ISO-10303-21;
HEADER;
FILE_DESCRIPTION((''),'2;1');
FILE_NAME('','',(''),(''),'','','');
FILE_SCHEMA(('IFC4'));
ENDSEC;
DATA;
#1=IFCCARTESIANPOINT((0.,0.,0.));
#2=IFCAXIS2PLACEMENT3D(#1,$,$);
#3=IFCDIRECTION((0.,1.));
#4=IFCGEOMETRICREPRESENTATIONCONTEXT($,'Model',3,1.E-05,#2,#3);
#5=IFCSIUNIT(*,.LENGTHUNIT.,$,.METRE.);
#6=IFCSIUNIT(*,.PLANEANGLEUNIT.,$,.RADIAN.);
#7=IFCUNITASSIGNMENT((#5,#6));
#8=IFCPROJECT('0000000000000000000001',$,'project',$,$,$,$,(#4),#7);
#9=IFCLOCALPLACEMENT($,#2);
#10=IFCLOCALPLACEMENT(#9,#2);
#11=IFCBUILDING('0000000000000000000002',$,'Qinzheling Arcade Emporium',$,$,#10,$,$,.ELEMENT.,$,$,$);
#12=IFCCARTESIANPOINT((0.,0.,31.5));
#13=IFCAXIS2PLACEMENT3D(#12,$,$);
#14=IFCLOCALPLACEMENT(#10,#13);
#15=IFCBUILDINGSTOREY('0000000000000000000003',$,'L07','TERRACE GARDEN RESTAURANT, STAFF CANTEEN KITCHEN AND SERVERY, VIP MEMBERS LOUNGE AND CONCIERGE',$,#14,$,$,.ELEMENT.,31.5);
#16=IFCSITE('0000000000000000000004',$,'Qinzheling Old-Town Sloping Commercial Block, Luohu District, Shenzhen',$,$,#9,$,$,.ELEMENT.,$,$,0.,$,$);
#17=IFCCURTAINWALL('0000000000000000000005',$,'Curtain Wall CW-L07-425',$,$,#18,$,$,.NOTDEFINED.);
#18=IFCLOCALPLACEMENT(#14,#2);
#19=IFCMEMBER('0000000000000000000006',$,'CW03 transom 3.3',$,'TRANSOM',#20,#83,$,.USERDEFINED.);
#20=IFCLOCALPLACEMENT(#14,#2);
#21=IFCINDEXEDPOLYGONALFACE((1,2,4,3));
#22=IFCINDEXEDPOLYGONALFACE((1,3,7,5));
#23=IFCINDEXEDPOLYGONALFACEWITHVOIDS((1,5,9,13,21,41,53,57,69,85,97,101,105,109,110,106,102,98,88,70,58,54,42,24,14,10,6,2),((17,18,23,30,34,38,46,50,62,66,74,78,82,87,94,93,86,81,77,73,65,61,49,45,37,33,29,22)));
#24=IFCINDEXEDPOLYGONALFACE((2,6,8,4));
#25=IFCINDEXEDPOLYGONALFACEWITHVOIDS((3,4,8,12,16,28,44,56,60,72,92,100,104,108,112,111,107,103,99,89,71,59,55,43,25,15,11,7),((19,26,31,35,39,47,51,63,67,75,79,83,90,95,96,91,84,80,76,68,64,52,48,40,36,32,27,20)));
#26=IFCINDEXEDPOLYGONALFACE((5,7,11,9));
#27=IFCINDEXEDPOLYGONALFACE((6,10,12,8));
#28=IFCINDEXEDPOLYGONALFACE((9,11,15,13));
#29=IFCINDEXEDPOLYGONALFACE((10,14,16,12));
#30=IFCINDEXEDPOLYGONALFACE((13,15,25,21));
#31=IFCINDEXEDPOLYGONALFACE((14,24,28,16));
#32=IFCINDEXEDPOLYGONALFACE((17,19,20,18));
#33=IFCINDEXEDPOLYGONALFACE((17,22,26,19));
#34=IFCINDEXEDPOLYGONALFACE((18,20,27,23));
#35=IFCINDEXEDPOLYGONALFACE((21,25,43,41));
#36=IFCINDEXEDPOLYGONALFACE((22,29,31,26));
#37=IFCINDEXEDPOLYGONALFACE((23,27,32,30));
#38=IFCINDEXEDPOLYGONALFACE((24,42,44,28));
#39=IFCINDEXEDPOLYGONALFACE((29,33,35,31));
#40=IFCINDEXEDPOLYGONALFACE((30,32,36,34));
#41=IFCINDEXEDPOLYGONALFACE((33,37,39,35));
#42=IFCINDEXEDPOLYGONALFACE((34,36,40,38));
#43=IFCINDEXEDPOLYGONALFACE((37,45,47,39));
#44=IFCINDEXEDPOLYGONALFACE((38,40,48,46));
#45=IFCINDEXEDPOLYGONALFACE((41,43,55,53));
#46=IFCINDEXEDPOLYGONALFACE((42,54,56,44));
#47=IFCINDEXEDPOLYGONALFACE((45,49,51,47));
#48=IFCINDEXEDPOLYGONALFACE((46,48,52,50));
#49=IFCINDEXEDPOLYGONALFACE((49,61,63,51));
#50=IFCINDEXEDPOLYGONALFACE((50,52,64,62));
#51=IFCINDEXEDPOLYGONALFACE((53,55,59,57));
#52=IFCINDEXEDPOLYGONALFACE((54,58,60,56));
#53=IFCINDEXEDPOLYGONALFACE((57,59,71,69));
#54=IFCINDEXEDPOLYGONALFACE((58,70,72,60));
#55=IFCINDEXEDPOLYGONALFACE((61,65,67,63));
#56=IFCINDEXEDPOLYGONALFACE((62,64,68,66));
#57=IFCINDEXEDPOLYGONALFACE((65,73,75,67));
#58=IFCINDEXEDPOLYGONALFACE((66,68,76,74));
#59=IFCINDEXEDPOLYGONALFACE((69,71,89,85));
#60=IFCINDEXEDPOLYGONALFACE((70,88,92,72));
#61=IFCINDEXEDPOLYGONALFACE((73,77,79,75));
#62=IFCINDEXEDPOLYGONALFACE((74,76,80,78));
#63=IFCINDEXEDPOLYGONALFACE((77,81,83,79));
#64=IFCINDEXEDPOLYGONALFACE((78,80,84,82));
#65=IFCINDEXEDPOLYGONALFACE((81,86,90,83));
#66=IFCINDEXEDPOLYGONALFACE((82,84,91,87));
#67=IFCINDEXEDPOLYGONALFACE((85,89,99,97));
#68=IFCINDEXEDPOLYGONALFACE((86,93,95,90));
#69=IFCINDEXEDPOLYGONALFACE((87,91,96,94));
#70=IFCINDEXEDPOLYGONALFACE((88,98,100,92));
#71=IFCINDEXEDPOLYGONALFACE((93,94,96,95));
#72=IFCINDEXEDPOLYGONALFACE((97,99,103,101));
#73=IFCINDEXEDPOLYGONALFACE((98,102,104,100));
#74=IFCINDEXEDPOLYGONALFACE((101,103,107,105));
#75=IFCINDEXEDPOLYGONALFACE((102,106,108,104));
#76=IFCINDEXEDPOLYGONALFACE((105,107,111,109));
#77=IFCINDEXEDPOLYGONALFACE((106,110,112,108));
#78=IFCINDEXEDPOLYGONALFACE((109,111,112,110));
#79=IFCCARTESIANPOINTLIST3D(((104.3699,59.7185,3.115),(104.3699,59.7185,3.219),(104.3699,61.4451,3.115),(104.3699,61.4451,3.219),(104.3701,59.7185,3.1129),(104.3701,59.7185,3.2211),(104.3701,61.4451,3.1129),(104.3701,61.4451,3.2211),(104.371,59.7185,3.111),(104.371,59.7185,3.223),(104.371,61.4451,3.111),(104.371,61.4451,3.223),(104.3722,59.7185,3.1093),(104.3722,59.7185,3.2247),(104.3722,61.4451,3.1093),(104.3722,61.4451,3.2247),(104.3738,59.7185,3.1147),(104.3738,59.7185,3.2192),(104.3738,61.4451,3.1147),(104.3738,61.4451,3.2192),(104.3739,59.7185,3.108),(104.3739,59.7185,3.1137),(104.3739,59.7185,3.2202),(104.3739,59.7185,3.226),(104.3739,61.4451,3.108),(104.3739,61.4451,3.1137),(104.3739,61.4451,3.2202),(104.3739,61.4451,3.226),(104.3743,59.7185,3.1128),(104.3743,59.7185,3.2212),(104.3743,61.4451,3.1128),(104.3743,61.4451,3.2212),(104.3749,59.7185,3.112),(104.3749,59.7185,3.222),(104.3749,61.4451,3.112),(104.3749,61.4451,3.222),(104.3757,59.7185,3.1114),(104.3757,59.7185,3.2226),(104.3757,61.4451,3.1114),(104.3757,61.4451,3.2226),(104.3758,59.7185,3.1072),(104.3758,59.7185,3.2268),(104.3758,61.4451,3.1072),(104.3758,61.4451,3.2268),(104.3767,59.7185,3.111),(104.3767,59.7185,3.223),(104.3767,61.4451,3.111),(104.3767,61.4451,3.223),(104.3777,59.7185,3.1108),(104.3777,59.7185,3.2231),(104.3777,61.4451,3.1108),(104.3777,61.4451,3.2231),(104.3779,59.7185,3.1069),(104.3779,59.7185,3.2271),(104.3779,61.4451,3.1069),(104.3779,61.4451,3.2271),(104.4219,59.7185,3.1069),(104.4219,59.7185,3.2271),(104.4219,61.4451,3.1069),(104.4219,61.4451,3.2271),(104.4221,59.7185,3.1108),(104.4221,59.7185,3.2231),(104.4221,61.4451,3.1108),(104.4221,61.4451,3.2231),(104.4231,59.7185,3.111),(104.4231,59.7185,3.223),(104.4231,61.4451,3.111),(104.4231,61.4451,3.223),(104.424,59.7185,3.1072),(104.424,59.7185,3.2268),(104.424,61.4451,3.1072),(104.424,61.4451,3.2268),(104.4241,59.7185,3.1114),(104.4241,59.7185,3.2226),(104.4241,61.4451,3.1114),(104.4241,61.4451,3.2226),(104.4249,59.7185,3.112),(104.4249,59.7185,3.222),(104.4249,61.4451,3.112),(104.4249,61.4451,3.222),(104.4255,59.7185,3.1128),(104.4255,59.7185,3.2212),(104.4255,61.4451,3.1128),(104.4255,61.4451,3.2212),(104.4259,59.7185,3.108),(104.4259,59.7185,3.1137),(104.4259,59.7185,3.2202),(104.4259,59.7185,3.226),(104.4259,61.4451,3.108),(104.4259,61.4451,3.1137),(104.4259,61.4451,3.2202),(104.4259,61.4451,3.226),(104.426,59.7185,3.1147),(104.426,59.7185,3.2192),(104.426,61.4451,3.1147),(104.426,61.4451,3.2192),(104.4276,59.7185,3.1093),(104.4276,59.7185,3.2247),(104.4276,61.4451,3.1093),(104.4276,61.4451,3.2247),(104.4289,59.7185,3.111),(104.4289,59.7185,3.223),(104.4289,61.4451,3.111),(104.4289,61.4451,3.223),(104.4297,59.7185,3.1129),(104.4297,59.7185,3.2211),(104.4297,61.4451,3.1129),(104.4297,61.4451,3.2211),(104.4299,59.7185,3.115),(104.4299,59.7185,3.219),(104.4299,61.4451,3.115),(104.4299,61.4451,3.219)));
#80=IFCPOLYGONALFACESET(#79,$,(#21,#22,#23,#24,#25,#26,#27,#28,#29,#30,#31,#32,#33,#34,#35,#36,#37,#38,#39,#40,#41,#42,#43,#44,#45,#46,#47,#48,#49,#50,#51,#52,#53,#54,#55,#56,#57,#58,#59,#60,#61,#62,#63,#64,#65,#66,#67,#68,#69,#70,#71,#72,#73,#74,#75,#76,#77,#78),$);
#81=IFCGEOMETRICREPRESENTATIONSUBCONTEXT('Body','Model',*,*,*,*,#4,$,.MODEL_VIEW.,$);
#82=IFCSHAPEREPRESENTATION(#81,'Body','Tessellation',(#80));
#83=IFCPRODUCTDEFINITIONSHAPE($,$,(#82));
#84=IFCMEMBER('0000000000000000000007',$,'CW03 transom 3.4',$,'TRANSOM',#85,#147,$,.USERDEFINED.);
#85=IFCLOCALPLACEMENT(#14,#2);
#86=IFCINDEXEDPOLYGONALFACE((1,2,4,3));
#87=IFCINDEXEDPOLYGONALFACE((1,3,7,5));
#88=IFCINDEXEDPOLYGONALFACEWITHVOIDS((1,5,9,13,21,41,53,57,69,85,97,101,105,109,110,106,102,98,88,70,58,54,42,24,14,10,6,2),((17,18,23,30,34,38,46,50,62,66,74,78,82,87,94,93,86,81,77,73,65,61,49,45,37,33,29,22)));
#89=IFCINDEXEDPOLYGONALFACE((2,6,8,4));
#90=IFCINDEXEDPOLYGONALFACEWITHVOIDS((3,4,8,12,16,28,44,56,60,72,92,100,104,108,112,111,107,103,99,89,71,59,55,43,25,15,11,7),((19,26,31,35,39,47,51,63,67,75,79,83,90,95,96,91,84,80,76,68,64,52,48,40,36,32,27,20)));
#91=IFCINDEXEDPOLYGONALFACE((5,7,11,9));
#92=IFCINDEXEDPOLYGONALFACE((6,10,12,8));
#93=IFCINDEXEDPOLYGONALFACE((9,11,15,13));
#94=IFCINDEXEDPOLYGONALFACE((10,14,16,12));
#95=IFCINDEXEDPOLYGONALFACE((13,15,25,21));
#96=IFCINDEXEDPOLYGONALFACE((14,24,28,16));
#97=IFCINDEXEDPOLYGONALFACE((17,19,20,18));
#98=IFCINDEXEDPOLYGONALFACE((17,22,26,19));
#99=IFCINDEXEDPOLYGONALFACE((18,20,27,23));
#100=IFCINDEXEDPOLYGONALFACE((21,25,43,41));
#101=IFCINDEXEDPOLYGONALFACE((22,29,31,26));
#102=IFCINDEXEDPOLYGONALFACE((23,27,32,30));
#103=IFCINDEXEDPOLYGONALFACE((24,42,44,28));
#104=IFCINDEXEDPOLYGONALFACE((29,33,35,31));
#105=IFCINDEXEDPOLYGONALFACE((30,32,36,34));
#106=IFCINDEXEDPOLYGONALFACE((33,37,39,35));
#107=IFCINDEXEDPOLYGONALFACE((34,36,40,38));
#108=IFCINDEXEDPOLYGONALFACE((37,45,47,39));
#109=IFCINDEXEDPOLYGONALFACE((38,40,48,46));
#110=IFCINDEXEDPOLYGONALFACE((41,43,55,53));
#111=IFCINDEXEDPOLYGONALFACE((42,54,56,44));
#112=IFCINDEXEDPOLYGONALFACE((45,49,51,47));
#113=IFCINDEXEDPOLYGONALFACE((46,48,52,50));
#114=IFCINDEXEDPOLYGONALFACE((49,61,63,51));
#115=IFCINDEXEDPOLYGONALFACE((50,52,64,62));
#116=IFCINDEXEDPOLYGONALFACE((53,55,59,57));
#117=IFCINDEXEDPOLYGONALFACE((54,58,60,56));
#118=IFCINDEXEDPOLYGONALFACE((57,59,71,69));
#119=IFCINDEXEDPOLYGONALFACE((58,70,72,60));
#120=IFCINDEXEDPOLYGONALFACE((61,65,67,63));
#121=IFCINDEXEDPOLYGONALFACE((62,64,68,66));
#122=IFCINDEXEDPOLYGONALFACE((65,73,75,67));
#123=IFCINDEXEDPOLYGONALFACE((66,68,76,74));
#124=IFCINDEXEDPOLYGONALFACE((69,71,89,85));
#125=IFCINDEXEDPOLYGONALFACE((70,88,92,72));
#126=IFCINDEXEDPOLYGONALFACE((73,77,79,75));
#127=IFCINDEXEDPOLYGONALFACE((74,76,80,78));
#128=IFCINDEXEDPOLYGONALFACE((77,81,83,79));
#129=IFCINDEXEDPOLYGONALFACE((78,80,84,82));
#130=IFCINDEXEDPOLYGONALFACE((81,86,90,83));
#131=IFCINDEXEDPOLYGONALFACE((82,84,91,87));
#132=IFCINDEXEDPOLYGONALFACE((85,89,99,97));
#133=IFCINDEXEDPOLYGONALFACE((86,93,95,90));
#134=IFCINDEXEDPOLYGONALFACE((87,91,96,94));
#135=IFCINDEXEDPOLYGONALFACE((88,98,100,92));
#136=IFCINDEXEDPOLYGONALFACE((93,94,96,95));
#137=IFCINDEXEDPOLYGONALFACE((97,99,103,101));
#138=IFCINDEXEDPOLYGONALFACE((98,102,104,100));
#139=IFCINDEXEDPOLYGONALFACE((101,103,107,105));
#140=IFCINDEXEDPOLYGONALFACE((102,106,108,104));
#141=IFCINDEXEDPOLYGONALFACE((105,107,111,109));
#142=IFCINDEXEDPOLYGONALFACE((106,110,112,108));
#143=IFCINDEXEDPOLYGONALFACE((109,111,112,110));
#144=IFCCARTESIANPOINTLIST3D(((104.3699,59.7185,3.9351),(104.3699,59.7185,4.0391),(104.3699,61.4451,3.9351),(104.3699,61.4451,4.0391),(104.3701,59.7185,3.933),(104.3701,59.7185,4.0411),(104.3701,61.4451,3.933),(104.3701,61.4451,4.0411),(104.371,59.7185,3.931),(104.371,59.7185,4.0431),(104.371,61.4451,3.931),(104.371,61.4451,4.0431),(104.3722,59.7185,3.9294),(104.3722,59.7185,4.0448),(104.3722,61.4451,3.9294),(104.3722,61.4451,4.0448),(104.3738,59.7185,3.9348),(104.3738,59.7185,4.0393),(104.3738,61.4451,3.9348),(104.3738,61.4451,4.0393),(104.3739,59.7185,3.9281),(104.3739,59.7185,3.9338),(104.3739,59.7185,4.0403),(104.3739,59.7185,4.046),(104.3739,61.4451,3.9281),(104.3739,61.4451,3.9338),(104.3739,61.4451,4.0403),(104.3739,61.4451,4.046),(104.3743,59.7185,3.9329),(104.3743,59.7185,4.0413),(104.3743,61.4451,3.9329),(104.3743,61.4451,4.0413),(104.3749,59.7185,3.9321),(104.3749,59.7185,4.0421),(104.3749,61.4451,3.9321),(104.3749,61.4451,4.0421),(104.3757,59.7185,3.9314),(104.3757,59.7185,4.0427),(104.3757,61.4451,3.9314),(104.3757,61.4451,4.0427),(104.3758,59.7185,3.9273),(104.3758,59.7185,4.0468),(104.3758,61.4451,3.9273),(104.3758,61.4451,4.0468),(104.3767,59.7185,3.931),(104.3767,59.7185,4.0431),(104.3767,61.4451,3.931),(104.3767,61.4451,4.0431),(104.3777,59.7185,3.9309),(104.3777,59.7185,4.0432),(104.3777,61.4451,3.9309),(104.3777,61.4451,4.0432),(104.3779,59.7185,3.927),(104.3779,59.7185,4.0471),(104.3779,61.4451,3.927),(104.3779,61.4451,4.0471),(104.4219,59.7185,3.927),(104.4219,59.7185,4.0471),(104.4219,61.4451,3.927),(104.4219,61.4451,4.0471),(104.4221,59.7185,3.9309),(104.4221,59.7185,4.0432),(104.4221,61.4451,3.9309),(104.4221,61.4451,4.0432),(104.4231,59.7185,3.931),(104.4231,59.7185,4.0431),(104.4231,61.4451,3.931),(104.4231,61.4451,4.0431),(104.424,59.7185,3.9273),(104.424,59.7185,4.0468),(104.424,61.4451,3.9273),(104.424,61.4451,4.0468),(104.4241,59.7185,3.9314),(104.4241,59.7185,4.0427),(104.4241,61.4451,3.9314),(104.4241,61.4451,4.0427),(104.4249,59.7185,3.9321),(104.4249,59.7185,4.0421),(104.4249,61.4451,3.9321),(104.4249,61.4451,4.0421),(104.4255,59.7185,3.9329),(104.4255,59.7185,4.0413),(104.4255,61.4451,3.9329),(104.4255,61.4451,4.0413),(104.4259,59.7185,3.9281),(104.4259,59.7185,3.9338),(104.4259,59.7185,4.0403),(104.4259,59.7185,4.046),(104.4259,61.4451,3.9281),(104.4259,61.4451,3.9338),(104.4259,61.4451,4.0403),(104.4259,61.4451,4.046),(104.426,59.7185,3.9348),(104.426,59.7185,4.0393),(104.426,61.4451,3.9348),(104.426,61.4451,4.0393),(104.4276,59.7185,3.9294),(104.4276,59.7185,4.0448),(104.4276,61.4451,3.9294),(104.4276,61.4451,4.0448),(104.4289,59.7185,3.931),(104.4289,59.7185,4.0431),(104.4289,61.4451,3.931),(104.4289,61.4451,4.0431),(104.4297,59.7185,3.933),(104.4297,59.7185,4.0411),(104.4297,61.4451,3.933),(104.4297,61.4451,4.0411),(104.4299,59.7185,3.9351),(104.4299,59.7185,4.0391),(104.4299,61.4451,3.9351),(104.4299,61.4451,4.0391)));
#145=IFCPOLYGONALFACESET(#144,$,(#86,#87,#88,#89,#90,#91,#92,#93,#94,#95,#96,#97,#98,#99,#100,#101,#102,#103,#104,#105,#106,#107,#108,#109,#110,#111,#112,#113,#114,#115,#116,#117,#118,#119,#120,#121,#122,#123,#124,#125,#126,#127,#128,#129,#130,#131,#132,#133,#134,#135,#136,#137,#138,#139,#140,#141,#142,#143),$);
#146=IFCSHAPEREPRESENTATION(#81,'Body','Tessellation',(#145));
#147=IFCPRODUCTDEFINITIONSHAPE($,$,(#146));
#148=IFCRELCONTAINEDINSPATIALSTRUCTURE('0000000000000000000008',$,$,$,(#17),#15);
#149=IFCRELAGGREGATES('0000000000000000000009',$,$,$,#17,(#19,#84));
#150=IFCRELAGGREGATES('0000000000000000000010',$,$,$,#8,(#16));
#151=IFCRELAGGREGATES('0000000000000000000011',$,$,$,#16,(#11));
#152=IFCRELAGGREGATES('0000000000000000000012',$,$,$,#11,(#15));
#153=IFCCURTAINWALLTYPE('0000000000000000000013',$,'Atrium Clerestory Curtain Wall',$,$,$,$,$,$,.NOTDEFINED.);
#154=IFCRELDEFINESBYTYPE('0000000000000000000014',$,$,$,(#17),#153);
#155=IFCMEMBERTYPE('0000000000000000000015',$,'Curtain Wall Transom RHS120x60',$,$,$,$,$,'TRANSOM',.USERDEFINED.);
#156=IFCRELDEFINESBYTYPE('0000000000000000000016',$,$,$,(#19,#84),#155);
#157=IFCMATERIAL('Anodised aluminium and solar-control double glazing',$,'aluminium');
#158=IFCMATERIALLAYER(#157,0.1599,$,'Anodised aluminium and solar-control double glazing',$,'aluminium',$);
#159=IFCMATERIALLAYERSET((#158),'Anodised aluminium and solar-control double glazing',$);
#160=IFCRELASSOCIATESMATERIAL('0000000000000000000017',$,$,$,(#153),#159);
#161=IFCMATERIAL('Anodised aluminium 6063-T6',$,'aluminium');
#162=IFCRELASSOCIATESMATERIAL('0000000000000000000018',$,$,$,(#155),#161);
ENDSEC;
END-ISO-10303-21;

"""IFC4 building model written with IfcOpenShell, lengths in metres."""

from ifc_helpers import new_model, si_unit, direction, frame, origin, origin_2d, place, context, subcontext, project, spatial, hollow_rectangle, extrude, material, layer, layer_set, material_profile, profile_set, type_object, element, aggregate, save


model = new_model("IFC4")

# Units and contexts
model_context = context("Model", 3, precision=1e-05, world=origin(), true_north=direction((0.0, 1.0)))
body_context = subcontext(model_context, "Body", "Model", "MODEL_VIEW")
ifc_project = project(units=[si_unit("LENGTHUNIT", "METRE"), si_unit("PLANEANGLEUNIT", "RADIAN")], contexts=[model_context])

# Site, building, storey
site_placement = place(None, origin())
site = spatial("IfcSite", under=ifc_project, at=site_placement, Name="Qinzheling Old-Town Sloping Commercial Block, Luohu District, Shenzhen", CompositionType="ELEMENT", RefElevation=0.0)
building_placement = place(site_placement, origin())
building = spatial("IfcBuilding", under=site, at=building_placement, Name="Qinzheling Arcade Emporium", CompositionType="ELEMENT")
storey_placement = place(building_placement, frame((0.0, 0.0, 31.5)))
storey = spatial("IfcBuildingStorey", under=building, at=storey_placement, Name="L07", Description="TERRACE GARDEN RESTAURANT, STAFF CANTEEN KITCHEN AND SERVERY, VIP MEMBERS LOUNGE AND CONCIERGE", CompositionType="ELEMENT", Elevation=31.5)

# Curtain wall
ifc_material_1 = material(Name="Anodised aluminium and solar-control double glazing", Category="aluminium")
ifc_layer_1 = layer(ifc_material_1, 0.1599, Name="Anodised aluminium and solar-control double glazing", Category="aluminium")
ifc_layer_set_1 = layer_set([ifc_layer_1], Name="Anodised aluminium and solar-control double glazing")
curtain_wall_type = type_object("IfcCurtainWallType", Name="Atrium Clerestory Curtain Wall", PredefinedType="NOTDEFINED", material=ifc_layer_set_1)
curtain_wall_1_placement = place(storey_placement, origin())
curtain_wall_1 = element("IfcCurtainWall", 1, at=curtain_wall_1_placement, inside=storey, type_object=curtain_wall_type, Name="Curtain Wall CW-L07-425", PredefinedType="NOTDEFINED")
ifc_material_2 = material(Name="Anodised aluminium 6063-T6", Category="aluminium")

# Members
ifc_material_profile_1 = material_profile(ifc_material_2, hollow_rectangle(XDim=0.0601, YDim=0.1201, WallThickness=0.0039, InnerFilletRadius=0.0039, OuterFilletRadius=0.0081, at=origin_2d()), Name="RHS 120x60x4", Category="aluminium")
ifc_profile_set_1 = profile_set([ifc_material_profile_1], Name="Anodised aluminium 6063-T6")
member_type_1 = type_object("IfcMemberType", Name="Curtain Wall Transom RHS120x60", ElementType="TRANSOM", PredefinedType="USERDEFINED", material=ifc_profile_set_1)
member_1_placement = place(storey_placement, frame((104.3999, 61.4451, 3.167), z_axis=(0.0, -1.0, 0.0), x_axis=(1.0, 0.0, 0.0)))
member_1 = element("IfcMember", 2, at=member_1_placement, type_object=member_type_1, Name="CW03 transom 3.3", ObjectType="TRANSOM", PredefinedType="USERDEFINED", context=body_context, shape_type="SweptSolid", body=[
    extrude(hollow_rectangle(XDim=0.0601, YDim=0.1201, WallThickness=0.0039, InnerFilletRadius=0.0039, OuterFilletRadius=0.0081, at=origin_2d()), origin(), (0.0, 0.0, 1.0), 1.7266),
])
member_2_placement = place(storey_placement, frame((104.3999, 61.4451, 3.9871), z_axis=(0.0, -1.0, 0.0), x_axis=(1.0, 0.0, 0.0)))
member_2 = element("IfcMember", 3, at=member_2_placement, type_object=member_type_1, Name="CW03 transom 3.4", ObjectType="TRANSOM", PredefinedType="USERDEFINED", context=body_context, shape_type="SweptSolid", body=[
    extrude(hollow_rectangle(XDim=0.0601, YDim=0.1201, WallThickness=0.0039, InnerFilletRadius=0.0039, OuterFilletRadius=0.0081, at=origin_2d()), origin(), (0.0, 0.0, 1.0), 1.7266),
])

aggregate(curtain_wall_1, [member_1, member_2])

save(model, "model.ifc")
